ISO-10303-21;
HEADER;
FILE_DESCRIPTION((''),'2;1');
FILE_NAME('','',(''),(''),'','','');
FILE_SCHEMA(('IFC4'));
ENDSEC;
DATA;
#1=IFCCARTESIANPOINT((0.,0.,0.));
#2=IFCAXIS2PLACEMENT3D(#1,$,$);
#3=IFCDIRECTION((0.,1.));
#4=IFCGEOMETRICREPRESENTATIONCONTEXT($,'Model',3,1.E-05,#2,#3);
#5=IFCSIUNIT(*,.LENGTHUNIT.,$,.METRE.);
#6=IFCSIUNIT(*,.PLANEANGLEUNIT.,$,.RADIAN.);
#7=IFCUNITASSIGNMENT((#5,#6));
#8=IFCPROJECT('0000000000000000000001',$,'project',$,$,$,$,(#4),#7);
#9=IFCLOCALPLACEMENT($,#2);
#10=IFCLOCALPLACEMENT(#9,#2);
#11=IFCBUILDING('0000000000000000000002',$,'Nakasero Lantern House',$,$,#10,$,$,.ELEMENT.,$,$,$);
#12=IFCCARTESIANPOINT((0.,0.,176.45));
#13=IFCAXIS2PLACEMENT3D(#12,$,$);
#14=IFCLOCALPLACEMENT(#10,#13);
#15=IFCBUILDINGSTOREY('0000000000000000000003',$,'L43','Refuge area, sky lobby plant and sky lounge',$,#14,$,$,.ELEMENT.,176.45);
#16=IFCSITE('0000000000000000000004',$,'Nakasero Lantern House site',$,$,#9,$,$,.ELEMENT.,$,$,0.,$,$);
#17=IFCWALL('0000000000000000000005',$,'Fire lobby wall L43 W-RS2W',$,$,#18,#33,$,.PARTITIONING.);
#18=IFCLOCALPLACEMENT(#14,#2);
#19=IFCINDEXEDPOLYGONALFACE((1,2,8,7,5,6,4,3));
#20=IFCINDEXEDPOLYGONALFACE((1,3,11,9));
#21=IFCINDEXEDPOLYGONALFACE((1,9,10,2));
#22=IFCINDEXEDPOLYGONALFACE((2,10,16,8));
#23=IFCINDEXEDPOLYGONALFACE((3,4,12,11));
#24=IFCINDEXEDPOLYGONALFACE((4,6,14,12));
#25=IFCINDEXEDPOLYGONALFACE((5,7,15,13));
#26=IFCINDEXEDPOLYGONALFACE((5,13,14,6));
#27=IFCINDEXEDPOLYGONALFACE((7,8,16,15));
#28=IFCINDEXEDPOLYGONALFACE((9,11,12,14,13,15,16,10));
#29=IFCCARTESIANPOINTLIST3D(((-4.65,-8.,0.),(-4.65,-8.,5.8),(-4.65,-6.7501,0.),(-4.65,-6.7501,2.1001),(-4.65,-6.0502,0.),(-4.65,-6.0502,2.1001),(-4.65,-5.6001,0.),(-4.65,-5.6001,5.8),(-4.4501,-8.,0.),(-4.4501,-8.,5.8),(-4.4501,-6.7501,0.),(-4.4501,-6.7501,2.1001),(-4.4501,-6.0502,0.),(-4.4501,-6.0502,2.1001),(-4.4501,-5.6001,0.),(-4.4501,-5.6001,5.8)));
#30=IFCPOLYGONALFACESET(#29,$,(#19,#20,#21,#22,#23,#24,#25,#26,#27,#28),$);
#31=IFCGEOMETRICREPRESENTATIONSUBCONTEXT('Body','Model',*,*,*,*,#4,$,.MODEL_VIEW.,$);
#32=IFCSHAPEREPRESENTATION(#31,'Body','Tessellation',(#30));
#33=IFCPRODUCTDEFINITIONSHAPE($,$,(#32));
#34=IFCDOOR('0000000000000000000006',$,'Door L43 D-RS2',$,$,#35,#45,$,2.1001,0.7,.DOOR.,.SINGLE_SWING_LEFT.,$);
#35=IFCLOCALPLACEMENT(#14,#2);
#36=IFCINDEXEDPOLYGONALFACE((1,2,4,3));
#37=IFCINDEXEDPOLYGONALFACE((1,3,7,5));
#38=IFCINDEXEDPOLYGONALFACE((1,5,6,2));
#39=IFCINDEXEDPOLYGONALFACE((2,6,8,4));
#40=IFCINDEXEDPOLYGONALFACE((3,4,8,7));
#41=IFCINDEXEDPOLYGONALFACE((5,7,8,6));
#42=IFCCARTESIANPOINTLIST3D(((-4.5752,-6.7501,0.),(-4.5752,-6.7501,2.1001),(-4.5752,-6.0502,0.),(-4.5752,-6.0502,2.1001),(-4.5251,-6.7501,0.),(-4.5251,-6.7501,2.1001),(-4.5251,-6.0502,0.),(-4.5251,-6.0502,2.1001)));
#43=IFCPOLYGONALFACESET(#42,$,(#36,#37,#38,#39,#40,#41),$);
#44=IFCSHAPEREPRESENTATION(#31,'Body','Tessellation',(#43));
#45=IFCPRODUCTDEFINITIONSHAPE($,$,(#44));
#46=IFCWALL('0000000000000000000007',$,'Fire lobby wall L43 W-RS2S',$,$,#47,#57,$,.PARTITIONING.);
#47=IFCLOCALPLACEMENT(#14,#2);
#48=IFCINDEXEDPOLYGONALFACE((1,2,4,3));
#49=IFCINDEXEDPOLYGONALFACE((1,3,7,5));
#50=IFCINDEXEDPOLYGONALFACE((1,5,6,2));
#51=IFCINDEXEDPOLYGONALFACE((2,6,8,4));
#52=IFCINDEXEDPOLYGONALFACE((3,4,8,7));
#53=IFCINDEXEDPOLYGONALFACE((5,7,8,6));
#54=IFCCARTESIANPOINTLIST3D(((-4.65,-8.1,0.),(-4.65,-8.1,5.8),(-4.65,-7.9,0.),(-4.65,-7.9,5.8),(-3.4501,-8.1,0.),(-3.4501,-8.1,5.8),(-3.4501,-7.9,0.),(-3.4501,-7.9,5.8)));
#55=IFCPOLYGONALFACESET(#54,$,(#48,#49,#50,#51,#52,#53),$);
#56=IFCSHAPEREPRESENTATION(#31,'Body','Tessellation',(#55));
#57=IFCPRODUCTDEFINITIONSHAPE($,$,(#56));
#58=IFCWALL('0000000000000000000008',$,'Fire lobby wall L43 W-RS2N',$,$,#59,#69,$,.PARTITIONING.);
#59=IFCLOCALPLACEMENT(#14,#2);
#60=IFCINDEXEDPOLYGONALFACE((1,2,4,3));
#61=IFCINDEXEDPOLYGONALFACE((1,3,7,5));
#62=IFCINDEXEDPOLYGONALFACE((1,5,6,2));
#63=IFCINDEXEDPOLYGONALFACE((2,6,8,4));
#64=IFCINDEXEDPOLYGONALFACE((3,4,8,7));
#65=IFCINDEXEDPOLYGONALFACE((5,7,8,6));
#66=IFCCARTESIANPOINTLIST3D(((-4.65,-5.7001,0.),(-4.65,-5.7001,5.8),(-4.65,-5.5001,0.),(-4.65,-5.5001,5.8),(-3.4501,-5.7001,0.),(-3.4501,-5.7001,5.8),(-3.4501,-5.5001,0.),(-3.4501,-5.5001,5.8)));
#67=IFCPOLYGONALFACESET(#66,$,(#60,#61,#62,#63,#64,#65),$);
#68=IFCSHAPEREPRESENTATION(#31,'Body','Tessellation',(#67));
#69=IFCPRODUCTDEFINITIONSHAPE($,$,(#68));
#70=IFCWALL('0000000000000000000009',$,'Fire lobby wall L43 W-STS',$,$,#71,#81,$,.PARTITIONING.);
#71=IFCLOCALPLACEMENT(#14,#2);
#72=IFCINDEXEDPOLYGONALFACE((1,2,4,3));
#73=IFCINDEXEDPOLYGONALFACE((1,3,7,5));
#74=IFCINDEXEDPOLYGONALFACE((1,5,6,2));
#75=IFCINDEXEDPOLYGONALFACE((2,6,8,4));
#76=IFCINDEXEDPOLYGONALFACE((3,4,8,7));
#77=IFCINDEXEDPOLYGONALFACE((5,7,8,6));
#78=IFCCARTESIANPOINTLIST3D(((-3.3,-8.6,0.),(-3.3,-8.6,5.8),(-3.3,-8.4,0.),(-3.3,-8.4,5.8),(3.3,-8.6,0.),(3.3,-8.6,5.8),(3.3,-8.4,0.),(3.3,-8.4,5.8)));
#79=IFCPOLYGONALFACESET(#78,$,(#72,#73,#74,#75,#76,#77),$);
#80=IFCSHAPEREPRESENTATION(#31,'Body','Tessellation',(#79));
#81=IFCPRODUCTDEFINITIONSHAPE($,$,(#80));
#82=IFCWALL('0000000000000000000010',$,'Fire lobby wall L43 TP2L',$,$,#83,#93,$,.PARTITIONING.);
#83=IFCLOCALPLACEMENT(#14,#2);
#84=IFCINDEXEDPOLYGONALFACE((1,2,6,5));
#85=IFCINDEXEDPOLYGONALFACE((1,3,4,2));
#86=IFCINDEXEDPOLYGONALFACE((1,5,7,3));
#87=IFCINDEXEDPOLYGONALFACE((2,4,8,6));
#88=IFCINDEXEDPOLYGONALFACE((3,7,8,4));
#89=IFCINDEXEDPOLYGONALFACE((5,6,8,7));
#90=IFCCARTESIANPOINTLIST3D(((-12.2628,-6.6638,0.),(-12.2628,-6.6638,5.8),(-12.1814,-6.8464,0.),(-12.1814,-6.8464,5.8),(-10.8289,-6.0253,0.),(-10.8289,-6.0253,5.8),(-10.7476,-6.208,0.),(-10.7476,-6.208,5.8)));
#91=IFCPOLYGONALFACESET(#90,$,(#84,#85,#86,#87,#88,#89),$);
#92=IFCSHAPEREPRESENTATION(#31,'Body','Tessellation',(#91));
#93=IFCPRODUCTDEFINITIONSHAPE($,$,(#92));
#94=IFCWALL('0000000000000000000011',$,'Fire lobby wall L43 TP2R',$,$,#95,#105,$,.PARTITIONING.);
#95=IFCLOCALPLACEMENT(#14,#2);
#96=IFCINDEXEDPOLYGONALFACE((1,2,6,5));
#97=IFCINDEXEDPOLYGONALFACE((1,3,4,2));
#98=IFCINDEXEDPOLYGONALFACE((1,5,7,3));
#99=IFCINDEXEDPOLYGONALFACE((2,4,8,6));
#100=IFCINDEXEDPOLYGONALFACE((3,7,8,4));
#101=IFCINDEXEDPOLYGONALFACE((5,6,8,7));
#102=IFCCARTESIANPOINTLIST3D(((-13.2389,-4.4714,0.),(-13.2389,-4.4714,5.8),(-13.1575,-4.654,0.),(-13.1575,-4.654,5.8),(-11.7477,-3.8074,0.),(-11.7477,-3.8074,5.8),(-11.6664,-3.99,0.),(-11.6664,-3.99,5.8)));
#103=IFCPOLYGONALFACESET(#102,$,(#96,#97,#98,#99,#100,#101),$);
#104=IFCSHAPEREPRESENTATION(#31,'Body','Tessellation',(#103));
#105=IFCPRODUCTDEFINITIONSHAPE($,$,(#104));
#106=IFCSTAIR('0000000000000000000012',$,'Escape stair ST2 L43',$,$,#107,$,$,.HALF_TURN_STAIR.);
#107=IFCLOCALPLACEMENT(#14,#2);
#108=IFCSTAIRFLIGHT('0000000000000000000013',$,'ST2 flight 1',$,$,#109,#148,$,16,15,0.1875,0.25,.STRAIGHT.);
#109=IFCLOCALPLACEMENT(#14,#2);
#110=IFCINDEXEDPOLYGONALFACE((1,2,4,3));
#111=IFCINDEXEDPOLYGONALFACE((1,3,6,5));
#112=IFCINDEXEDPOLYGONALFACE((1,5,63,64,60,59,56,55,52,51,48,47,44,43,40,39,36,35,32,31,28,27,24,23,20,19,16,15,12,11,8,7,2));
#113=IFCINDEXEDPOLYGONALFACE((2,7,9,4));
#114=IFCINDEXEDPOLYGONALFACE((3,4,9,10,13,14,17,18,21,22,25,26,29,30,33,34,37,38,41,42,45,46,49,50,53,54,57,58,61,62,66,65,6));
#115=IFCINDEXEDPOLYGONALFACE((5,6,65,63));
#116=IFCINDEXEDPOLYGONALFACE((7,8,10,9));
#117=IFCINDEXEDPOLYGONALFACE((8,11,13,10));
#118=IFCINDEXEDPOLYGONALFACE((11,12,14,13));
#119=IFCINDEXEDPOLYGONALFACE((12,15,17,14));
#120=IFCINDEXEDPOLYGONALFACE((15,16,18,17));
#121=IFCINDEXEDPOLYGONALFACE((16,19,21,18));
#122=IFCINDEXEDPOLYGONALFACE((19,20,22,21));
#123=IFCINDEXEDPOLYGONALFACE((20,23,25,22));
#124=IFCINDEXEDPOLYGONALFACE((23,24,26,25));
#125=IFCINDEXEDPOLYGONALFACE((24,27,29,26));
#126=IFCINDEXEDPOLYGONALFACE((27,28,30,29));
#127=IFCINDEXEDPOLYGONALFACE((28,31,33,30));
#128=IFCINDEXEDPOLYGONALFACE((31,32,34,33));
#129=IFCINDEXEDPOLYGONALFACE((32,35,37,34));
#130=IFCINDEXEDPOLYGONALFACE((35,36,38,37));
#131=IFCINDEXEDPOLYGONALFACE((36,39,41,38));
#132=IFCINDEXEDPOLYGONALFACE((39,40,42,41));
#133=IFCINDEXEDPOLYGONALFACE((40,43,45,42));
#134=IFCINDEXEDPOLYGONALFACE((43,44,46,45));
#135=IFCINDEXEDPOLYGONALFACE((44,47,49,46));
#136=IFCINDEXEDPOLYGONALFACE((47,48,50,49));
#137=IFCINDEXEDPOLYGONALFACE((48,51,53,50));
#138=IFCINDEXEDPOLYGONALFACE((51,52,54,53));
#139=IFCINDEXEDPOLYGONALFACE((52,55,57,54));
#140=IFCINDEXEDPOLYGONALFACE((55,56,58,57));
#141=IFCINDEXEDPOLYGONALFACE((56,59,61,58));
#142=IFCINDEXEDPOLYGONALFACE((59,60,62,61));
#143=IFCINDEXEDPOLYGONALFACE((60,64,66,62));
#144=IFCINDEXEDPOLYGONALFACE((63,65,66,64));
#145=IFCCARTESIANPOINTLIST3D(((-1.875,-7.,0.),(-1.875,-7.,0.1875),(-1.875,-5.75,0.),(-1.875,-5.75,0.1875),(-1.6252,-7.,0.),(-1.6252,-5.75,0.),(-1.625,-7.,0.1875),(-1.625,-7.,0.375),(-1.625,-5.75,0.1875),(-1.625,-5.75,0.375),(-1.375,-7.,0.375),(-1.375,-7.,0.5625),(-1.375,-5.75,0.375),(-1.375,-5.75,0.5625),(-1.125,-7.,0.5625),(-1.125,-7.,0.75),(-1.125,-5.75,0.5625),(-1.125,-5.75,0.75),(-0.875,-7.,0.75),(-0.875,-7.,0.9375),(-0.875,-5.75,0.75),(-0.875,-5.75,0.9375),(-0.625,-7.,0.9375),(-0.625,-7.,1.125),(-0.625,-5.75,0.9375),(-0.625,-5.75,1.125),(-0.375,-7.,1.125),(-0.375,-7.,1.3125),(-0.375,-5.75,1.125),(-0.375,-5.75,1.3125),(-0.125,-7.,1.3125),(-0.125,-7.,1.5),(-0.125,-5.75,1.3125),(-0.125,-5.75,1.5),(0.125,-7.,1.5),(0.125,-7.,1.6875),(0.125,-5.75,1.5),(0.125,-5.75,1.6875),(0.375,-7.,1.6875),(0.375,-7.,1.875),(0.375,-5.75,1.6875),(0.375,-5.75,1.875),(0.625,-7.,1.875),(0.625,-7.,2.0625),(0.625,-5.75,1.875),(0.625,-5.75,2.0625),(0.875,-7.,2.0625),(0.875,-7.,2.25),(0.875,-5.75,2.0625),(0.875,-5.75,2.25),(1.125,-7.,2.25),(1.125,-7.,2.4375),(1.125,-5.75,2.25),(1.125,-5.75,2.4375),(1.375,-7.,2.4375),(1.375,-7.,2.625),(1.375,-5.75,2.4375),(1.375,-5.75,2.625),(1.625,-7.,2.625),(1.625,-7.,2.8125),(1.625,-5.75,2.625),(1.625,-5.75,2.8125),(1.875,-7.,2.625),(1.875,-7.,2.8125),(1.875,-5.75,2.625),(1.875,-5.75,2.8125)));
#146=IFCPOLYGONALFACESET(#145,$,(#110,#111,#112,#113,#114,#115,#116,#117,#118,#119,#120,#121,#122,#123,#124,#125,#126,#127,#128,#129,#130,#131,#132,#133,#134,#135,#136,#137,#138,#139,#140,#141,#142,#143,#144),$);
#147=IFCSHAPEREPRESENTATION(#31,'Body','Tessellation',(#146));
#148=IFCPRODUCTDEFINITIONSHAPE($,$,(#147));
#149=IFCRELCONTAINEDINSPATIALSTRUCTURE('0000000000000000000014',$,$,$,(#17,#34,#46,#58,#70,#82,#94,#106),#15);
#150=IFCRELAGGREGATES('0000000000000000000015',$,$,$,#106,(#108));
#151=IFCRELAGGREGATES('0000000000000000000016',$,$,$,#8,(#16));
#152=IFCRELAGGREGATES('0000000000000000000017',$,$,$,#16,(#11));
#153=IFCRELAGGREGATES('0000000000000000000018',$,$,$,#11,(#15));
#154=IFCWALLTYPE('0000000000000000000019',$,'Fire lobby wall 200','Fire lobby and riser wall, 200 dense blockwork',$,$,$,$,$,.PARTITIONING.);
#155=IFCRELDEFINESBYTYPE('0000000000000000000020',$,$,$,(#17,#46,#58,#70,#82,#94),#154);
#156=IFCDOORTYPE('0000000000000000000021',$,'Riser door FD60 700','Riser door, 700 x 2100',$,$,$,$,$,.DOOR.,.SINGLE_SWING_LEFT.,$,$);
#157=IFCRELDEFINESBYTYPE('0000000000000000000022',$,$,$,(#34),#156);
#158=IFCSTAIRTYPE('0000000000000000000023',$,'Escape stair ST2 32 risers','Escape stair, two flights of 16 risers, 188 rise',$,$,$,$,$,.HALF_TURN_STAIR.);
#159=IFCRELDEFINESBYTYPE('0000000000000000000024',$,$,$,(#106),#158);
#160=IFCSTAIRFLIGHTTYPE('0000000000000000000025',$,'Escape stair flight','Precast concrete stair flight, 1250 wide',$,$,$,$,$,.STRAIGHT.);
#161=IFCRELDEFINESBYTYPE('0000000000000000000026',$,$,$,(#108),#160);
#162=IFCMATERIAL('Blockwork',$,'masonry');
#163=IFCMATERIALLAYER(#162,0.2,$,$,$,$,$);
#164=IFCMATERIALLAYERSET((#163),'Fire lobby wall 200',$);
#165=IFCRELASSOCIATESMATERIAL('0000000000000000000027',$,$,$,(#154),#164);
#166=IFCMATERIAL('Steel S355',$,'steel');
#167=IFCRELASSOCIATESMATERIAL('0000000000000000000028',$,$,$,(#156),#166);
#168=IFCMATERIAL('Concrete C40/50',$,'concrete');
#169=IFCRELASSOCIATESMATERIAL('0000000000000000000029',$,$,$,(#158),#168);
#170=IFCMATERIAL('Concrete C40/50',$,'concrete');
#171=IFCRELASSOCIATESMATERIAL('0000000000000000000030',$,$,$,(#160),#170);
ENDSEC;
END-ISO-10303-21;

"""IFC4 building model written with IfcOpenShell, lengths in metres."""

from ifc_helpers import new_model, si_unit, direction, frame, frame_2d, origin, place, context, subcontext, project, spatial, polyline, rectangle, outline, extrude, material, layer, layer_set, type_object, element, fill, aggregate, save


model = new_model("IFC4")

# Units and contexts
model_context = context("Model", 3, precision=1e-05, world=origin(), true_north=direction((0.0, 1.0)))
body_context = subcontext(model_context, "Body", "Model", "MODEL_VIEW")
ifc_project = project(units=[si_unit("LENGTHUNIT", "METRE"), si_unit("PLANEANGLEUNIT", "RADIAN")], contexts=[model_context])

# Site, building, storey
site_placement = place(None, origin())
site = spatial("IfcSite", under=ifc_project, at=site_placement, Name="Nakasero Lantern House site", CompositionType="ELEMENT", RefElevation=0.0)
building_placement = place(site_placement, origin())
building = spatial("IfcBuilding", under=site, at=building_placement, Name="Nakasero Lantern House", CompositionType="ELEMENT")
storey_placement = place(building_placement, frame((0.0, 0.0, 176.45)))
storey = spatial("IfcBuildingStorey", under=building, at=storey_placement, Name="L43", Description="Refuge area, sky lobby plant and sky lounge", CompositionType="ELEMENT", Elevation=176.45)

# Wall, opening, door
ifc_material_1 = material(Name="Blockwork", Category="masonry")
ifc_layer_1 = layer(ifc_material_1, 0.2)
ifc_layer_set_1 = layer_set([ifc_layer_1], Name="Fire lobby wall 200")
wall_type_1 = type_object("IfcWallType", Name="Fire lobby wall 200", Description="Fire lobby and riser wall, 200 dense blockwork", PredefinedType="PARTITIONING", material=ifc_layer_set_1)
wall_1_placement = place(storey_placement, frame((-4.55, -5.6001, 0.0), z_axis=(0.0, 0.0, 1.0), x_axis=(0.0, -1.0, 0.0)))
wall_1 = element("IfcWall", 1, at=wall_1_placement, inside=storey, type_object=wall_type_1, Name="Fire lobby wall L43 W-RS2W", PredefinedType="PARTITIONING", context=body_context, shape_type="SweptSolid", body=[
    extrude(rectangle(XDim=2.3999, YDim=0.2, at=frame_2d((1.2, 0.0))), origin(), (0.0, 0.0, 1.0), 5.8),
])
opening_1_placement = place(wall_1_placement, frame((0.45, 0.0, 0.0)))
opening_1 = element("IfcOpeningElement", 2, at=opening_1_placement, cuts=wall_1, PredefinedType="OPENING", context=body_context, shape_type="SweptSolid", body=[
    extrude(rectangle(XDim=0.7, YDim=2.1001, at=frame_2d((0.3501, 1.05))), frame((0.0, 0.1199, 0.0), z_axis=(0.0, -1.0, 0.0), x_axis=(1.0, 0.0, 0.0)), (0.0, 0.0, 1.0), 0.24),
])
ifc_material_2 = material(Name="Steel S355", Category="steel")
door_type_1 = type_object("IfcDoorType", Name="Riser door FD60 700", Description="Riser door, 700 x 2100", OperationType="SINGLE_SWING_LEFT", PredefinedType="DOOR", material=ifc_material_2)
door_1_placement = place(opening_1_placement, origin())
door_1 = element("IfcDoor", 3, at=door_1_placement, inside=storey, type_object=door_type_1, Name="Door L43 D-RS2", OperationType="SINGLE_SWING_LEFT", OverallHeight=2.1001, OverallWidth=0.7, PredefinedType="DOOR", context=body_context, shape_type="SweptSolid", body=[
    extrude(rectangle(XDim=0.7, YDim=2.1001, at=frame_2d((0.3501, 1.05))), frame((0.0, 0.0249, 0.0), z_axis=(0.0, -1.0, 0.0), x_axis=(1.0, 0.0, 0.0)), (0.0, 0.0, 1.0), 0.05),
])
fill(opening_1, door_1)

# Walls
for number, where, z_axis, x_axis, name in (
    (4, (-3.45, -8.0, 0.0), (0.0, 0.0, 1.0), (-1.0, 0.0, 0.0), "Fire lobby wall L43 W-RS2S"),
    (5, (-3.45, -5.6001, 0.0), (0.0, 0.0, 1.0), (-1.0, 0.0, 0.0), "Fire lobby wall L43 W-RS2N"),
):
    element("IfcWall", number, at=place(storey_placement, frame(where, z_axis=z_axis, x_axis=x_axis)), inside=storey, type_object=wall_type_1, Name=name, PredefinedType="PARTITIONING", context=body_context, shape_type="SweptSolid", body=[
        extrude(rectangle(XDim=1.2, YDim=0.2, at=frame_2d((0.6001, 0.0))), origin(), (0.0, 0.0, 1.0), 5.8),
    ])
wall_2_placement = place(storey_placement, frame((-3.3, -8.5, 0.0), z_axis=(0.0, 0.0, 1.0), x_axis=(1.0, 0.0, 0.0)))
element("IfcWall", 6, at=wall_2_placement, inside=storey, type_object=wall_type_1, Name="Fire lobby wall L43 W-STS", PredefinedType="PARTITIONING", context=body_context, shape_type="SweptSolid", body=[
    extrude(rectangle(XDim=6.6001, YDim=0.2, at=frame_2d((3.3, 0.0))), origin(), (0.0, 0.0, 1.0), 5.8),
])
wall_3_placement = place(storey_placement, frame((-10.7883, -6.1167, 0.0), z_axis=(0.0, 0.0, 1.0), x_axis=(-0.913536, -0.406759, 0.0)))
element("IfcWall", 7, at=wall_3_placement, inside=storey, type_object=wall_type_1, Name="Fire lobby wall L43 TP2L", PredefinedType="PARTITIONING", context=body_context, shape_type="SweptSolid", body=[
    extrude(rectangle(XDim=1.5696, YDim=0.2, at=frame_2d((0.7847, 0.0))), origin(), (0.0, 0.0, 1.0), 5.8),
])
wall_4_placement = place(storey_placement, frame((-11.707, -3.8987, 0.0), z_axis=(0.0, 0.0, 1.0), x_axis=(-0.913515, -0.406804, 0.0)))
element("IfcWall", 8, at=wall_4_placement, inside=storey, type_object=wall_type_1, Name="Fire lobby wall L43 TP2R", PredefinedType="PARTITIONING", context=body_context, shape_type="SweptSolid", body=[
    extrude(rectangle(XDim=1.6323, YDim=0.2, at=frame_2d((0.8162, 0.0))), origin(), (0.0, 0.0, 1.0), 5.8),
])

# Stair, stair flight
ifc_material_3 = material(Name="Concrete C40/50", Category="concrete")
stair_type = type_object("IfcStairType", Name="Escape stair ST2 32 risers", Description="Escape stair, two flights of 16 risers, 188 rise", PredefinedType="HALF_TURN_STAIR", material=ifc_material_3)
stair_placement = place(storey_placement, origin())
stair = element("IfcStair", 9, at=stair_placement, inside=storey, type_object=stair_type, Name="Escape stair ST2 L43", PredefinedType="HALF_TURN_STAIR")
ifc_material_4 = material(Name="Concrete C40/50", Category="concrete")
stair_flight_type = type_object("IfcStairFlightType", Name="Escape stair flight", Description="Precast concrete stair flight, 1250 wide", PredefinedType="STRAIGHT", material=ifc_material_4)
stair_flight_placement = place(storey_placement, frame((-1.875, -6.375, 0.0), z_axis=(0.0, 0.0, 1.0), x_axis=(1.0, 0.0, 0.0)))
stair_flight = element("IfcStairFlight", 10, at=stair_flight_placement, type_object=stair_flight_type, Name="ST2 flight 1", NumberOfRisers=16, NumberOfTreads=15, PredefinedType="STRAIGHT", RiserHeight=0.1875, TreadLength=0.25, context=body_context, shape_type="SweptSolid", body=[
    extrude(outline(polyline([(0.0, 0.0), (0.0, 0.1875), (0.25, 0.1875), (0.25, 0.375), (0.5, 0.375), (0.5, 0.5625), (0.75, 0.5625), (0.75, 0.75), (1.0, 0.75), (1.0, 0.9375), (1.25, 0.9375), (1.25, 1.125), (1.5, 1.125), (1.5, 1.3125), (1.75, 1.3125), (1.75, 1.5), (2.0, 1.5), (2.0, 1.6875), (2.25, 1.6875), (2.25, 1.875), (2.5, 1.875), (2.5, 2.0625), (2.75, 2.0625), (2.75, 2.25), (3.0, 2.25), (3.0, 2.4375), (3.25, 2.4375), (3.25, 2.625), (3.5, 2.625), (3.5, 2.8125), (3.75, 2.8125), (3.75, 3.0), (3.75, 2.625), (0.2498, 0.0), (0.0, 0.0)])), frame((0.0, 0.625, 0.0), z_axis=(0.0, -1.0, 0.0), x_axis=(1.0, 0.0, 0.0)), (0.0, 0.0, 1.0), 1.25),
])
aggregate(stair, [stair_flight])

save(model, "model.ifc")
